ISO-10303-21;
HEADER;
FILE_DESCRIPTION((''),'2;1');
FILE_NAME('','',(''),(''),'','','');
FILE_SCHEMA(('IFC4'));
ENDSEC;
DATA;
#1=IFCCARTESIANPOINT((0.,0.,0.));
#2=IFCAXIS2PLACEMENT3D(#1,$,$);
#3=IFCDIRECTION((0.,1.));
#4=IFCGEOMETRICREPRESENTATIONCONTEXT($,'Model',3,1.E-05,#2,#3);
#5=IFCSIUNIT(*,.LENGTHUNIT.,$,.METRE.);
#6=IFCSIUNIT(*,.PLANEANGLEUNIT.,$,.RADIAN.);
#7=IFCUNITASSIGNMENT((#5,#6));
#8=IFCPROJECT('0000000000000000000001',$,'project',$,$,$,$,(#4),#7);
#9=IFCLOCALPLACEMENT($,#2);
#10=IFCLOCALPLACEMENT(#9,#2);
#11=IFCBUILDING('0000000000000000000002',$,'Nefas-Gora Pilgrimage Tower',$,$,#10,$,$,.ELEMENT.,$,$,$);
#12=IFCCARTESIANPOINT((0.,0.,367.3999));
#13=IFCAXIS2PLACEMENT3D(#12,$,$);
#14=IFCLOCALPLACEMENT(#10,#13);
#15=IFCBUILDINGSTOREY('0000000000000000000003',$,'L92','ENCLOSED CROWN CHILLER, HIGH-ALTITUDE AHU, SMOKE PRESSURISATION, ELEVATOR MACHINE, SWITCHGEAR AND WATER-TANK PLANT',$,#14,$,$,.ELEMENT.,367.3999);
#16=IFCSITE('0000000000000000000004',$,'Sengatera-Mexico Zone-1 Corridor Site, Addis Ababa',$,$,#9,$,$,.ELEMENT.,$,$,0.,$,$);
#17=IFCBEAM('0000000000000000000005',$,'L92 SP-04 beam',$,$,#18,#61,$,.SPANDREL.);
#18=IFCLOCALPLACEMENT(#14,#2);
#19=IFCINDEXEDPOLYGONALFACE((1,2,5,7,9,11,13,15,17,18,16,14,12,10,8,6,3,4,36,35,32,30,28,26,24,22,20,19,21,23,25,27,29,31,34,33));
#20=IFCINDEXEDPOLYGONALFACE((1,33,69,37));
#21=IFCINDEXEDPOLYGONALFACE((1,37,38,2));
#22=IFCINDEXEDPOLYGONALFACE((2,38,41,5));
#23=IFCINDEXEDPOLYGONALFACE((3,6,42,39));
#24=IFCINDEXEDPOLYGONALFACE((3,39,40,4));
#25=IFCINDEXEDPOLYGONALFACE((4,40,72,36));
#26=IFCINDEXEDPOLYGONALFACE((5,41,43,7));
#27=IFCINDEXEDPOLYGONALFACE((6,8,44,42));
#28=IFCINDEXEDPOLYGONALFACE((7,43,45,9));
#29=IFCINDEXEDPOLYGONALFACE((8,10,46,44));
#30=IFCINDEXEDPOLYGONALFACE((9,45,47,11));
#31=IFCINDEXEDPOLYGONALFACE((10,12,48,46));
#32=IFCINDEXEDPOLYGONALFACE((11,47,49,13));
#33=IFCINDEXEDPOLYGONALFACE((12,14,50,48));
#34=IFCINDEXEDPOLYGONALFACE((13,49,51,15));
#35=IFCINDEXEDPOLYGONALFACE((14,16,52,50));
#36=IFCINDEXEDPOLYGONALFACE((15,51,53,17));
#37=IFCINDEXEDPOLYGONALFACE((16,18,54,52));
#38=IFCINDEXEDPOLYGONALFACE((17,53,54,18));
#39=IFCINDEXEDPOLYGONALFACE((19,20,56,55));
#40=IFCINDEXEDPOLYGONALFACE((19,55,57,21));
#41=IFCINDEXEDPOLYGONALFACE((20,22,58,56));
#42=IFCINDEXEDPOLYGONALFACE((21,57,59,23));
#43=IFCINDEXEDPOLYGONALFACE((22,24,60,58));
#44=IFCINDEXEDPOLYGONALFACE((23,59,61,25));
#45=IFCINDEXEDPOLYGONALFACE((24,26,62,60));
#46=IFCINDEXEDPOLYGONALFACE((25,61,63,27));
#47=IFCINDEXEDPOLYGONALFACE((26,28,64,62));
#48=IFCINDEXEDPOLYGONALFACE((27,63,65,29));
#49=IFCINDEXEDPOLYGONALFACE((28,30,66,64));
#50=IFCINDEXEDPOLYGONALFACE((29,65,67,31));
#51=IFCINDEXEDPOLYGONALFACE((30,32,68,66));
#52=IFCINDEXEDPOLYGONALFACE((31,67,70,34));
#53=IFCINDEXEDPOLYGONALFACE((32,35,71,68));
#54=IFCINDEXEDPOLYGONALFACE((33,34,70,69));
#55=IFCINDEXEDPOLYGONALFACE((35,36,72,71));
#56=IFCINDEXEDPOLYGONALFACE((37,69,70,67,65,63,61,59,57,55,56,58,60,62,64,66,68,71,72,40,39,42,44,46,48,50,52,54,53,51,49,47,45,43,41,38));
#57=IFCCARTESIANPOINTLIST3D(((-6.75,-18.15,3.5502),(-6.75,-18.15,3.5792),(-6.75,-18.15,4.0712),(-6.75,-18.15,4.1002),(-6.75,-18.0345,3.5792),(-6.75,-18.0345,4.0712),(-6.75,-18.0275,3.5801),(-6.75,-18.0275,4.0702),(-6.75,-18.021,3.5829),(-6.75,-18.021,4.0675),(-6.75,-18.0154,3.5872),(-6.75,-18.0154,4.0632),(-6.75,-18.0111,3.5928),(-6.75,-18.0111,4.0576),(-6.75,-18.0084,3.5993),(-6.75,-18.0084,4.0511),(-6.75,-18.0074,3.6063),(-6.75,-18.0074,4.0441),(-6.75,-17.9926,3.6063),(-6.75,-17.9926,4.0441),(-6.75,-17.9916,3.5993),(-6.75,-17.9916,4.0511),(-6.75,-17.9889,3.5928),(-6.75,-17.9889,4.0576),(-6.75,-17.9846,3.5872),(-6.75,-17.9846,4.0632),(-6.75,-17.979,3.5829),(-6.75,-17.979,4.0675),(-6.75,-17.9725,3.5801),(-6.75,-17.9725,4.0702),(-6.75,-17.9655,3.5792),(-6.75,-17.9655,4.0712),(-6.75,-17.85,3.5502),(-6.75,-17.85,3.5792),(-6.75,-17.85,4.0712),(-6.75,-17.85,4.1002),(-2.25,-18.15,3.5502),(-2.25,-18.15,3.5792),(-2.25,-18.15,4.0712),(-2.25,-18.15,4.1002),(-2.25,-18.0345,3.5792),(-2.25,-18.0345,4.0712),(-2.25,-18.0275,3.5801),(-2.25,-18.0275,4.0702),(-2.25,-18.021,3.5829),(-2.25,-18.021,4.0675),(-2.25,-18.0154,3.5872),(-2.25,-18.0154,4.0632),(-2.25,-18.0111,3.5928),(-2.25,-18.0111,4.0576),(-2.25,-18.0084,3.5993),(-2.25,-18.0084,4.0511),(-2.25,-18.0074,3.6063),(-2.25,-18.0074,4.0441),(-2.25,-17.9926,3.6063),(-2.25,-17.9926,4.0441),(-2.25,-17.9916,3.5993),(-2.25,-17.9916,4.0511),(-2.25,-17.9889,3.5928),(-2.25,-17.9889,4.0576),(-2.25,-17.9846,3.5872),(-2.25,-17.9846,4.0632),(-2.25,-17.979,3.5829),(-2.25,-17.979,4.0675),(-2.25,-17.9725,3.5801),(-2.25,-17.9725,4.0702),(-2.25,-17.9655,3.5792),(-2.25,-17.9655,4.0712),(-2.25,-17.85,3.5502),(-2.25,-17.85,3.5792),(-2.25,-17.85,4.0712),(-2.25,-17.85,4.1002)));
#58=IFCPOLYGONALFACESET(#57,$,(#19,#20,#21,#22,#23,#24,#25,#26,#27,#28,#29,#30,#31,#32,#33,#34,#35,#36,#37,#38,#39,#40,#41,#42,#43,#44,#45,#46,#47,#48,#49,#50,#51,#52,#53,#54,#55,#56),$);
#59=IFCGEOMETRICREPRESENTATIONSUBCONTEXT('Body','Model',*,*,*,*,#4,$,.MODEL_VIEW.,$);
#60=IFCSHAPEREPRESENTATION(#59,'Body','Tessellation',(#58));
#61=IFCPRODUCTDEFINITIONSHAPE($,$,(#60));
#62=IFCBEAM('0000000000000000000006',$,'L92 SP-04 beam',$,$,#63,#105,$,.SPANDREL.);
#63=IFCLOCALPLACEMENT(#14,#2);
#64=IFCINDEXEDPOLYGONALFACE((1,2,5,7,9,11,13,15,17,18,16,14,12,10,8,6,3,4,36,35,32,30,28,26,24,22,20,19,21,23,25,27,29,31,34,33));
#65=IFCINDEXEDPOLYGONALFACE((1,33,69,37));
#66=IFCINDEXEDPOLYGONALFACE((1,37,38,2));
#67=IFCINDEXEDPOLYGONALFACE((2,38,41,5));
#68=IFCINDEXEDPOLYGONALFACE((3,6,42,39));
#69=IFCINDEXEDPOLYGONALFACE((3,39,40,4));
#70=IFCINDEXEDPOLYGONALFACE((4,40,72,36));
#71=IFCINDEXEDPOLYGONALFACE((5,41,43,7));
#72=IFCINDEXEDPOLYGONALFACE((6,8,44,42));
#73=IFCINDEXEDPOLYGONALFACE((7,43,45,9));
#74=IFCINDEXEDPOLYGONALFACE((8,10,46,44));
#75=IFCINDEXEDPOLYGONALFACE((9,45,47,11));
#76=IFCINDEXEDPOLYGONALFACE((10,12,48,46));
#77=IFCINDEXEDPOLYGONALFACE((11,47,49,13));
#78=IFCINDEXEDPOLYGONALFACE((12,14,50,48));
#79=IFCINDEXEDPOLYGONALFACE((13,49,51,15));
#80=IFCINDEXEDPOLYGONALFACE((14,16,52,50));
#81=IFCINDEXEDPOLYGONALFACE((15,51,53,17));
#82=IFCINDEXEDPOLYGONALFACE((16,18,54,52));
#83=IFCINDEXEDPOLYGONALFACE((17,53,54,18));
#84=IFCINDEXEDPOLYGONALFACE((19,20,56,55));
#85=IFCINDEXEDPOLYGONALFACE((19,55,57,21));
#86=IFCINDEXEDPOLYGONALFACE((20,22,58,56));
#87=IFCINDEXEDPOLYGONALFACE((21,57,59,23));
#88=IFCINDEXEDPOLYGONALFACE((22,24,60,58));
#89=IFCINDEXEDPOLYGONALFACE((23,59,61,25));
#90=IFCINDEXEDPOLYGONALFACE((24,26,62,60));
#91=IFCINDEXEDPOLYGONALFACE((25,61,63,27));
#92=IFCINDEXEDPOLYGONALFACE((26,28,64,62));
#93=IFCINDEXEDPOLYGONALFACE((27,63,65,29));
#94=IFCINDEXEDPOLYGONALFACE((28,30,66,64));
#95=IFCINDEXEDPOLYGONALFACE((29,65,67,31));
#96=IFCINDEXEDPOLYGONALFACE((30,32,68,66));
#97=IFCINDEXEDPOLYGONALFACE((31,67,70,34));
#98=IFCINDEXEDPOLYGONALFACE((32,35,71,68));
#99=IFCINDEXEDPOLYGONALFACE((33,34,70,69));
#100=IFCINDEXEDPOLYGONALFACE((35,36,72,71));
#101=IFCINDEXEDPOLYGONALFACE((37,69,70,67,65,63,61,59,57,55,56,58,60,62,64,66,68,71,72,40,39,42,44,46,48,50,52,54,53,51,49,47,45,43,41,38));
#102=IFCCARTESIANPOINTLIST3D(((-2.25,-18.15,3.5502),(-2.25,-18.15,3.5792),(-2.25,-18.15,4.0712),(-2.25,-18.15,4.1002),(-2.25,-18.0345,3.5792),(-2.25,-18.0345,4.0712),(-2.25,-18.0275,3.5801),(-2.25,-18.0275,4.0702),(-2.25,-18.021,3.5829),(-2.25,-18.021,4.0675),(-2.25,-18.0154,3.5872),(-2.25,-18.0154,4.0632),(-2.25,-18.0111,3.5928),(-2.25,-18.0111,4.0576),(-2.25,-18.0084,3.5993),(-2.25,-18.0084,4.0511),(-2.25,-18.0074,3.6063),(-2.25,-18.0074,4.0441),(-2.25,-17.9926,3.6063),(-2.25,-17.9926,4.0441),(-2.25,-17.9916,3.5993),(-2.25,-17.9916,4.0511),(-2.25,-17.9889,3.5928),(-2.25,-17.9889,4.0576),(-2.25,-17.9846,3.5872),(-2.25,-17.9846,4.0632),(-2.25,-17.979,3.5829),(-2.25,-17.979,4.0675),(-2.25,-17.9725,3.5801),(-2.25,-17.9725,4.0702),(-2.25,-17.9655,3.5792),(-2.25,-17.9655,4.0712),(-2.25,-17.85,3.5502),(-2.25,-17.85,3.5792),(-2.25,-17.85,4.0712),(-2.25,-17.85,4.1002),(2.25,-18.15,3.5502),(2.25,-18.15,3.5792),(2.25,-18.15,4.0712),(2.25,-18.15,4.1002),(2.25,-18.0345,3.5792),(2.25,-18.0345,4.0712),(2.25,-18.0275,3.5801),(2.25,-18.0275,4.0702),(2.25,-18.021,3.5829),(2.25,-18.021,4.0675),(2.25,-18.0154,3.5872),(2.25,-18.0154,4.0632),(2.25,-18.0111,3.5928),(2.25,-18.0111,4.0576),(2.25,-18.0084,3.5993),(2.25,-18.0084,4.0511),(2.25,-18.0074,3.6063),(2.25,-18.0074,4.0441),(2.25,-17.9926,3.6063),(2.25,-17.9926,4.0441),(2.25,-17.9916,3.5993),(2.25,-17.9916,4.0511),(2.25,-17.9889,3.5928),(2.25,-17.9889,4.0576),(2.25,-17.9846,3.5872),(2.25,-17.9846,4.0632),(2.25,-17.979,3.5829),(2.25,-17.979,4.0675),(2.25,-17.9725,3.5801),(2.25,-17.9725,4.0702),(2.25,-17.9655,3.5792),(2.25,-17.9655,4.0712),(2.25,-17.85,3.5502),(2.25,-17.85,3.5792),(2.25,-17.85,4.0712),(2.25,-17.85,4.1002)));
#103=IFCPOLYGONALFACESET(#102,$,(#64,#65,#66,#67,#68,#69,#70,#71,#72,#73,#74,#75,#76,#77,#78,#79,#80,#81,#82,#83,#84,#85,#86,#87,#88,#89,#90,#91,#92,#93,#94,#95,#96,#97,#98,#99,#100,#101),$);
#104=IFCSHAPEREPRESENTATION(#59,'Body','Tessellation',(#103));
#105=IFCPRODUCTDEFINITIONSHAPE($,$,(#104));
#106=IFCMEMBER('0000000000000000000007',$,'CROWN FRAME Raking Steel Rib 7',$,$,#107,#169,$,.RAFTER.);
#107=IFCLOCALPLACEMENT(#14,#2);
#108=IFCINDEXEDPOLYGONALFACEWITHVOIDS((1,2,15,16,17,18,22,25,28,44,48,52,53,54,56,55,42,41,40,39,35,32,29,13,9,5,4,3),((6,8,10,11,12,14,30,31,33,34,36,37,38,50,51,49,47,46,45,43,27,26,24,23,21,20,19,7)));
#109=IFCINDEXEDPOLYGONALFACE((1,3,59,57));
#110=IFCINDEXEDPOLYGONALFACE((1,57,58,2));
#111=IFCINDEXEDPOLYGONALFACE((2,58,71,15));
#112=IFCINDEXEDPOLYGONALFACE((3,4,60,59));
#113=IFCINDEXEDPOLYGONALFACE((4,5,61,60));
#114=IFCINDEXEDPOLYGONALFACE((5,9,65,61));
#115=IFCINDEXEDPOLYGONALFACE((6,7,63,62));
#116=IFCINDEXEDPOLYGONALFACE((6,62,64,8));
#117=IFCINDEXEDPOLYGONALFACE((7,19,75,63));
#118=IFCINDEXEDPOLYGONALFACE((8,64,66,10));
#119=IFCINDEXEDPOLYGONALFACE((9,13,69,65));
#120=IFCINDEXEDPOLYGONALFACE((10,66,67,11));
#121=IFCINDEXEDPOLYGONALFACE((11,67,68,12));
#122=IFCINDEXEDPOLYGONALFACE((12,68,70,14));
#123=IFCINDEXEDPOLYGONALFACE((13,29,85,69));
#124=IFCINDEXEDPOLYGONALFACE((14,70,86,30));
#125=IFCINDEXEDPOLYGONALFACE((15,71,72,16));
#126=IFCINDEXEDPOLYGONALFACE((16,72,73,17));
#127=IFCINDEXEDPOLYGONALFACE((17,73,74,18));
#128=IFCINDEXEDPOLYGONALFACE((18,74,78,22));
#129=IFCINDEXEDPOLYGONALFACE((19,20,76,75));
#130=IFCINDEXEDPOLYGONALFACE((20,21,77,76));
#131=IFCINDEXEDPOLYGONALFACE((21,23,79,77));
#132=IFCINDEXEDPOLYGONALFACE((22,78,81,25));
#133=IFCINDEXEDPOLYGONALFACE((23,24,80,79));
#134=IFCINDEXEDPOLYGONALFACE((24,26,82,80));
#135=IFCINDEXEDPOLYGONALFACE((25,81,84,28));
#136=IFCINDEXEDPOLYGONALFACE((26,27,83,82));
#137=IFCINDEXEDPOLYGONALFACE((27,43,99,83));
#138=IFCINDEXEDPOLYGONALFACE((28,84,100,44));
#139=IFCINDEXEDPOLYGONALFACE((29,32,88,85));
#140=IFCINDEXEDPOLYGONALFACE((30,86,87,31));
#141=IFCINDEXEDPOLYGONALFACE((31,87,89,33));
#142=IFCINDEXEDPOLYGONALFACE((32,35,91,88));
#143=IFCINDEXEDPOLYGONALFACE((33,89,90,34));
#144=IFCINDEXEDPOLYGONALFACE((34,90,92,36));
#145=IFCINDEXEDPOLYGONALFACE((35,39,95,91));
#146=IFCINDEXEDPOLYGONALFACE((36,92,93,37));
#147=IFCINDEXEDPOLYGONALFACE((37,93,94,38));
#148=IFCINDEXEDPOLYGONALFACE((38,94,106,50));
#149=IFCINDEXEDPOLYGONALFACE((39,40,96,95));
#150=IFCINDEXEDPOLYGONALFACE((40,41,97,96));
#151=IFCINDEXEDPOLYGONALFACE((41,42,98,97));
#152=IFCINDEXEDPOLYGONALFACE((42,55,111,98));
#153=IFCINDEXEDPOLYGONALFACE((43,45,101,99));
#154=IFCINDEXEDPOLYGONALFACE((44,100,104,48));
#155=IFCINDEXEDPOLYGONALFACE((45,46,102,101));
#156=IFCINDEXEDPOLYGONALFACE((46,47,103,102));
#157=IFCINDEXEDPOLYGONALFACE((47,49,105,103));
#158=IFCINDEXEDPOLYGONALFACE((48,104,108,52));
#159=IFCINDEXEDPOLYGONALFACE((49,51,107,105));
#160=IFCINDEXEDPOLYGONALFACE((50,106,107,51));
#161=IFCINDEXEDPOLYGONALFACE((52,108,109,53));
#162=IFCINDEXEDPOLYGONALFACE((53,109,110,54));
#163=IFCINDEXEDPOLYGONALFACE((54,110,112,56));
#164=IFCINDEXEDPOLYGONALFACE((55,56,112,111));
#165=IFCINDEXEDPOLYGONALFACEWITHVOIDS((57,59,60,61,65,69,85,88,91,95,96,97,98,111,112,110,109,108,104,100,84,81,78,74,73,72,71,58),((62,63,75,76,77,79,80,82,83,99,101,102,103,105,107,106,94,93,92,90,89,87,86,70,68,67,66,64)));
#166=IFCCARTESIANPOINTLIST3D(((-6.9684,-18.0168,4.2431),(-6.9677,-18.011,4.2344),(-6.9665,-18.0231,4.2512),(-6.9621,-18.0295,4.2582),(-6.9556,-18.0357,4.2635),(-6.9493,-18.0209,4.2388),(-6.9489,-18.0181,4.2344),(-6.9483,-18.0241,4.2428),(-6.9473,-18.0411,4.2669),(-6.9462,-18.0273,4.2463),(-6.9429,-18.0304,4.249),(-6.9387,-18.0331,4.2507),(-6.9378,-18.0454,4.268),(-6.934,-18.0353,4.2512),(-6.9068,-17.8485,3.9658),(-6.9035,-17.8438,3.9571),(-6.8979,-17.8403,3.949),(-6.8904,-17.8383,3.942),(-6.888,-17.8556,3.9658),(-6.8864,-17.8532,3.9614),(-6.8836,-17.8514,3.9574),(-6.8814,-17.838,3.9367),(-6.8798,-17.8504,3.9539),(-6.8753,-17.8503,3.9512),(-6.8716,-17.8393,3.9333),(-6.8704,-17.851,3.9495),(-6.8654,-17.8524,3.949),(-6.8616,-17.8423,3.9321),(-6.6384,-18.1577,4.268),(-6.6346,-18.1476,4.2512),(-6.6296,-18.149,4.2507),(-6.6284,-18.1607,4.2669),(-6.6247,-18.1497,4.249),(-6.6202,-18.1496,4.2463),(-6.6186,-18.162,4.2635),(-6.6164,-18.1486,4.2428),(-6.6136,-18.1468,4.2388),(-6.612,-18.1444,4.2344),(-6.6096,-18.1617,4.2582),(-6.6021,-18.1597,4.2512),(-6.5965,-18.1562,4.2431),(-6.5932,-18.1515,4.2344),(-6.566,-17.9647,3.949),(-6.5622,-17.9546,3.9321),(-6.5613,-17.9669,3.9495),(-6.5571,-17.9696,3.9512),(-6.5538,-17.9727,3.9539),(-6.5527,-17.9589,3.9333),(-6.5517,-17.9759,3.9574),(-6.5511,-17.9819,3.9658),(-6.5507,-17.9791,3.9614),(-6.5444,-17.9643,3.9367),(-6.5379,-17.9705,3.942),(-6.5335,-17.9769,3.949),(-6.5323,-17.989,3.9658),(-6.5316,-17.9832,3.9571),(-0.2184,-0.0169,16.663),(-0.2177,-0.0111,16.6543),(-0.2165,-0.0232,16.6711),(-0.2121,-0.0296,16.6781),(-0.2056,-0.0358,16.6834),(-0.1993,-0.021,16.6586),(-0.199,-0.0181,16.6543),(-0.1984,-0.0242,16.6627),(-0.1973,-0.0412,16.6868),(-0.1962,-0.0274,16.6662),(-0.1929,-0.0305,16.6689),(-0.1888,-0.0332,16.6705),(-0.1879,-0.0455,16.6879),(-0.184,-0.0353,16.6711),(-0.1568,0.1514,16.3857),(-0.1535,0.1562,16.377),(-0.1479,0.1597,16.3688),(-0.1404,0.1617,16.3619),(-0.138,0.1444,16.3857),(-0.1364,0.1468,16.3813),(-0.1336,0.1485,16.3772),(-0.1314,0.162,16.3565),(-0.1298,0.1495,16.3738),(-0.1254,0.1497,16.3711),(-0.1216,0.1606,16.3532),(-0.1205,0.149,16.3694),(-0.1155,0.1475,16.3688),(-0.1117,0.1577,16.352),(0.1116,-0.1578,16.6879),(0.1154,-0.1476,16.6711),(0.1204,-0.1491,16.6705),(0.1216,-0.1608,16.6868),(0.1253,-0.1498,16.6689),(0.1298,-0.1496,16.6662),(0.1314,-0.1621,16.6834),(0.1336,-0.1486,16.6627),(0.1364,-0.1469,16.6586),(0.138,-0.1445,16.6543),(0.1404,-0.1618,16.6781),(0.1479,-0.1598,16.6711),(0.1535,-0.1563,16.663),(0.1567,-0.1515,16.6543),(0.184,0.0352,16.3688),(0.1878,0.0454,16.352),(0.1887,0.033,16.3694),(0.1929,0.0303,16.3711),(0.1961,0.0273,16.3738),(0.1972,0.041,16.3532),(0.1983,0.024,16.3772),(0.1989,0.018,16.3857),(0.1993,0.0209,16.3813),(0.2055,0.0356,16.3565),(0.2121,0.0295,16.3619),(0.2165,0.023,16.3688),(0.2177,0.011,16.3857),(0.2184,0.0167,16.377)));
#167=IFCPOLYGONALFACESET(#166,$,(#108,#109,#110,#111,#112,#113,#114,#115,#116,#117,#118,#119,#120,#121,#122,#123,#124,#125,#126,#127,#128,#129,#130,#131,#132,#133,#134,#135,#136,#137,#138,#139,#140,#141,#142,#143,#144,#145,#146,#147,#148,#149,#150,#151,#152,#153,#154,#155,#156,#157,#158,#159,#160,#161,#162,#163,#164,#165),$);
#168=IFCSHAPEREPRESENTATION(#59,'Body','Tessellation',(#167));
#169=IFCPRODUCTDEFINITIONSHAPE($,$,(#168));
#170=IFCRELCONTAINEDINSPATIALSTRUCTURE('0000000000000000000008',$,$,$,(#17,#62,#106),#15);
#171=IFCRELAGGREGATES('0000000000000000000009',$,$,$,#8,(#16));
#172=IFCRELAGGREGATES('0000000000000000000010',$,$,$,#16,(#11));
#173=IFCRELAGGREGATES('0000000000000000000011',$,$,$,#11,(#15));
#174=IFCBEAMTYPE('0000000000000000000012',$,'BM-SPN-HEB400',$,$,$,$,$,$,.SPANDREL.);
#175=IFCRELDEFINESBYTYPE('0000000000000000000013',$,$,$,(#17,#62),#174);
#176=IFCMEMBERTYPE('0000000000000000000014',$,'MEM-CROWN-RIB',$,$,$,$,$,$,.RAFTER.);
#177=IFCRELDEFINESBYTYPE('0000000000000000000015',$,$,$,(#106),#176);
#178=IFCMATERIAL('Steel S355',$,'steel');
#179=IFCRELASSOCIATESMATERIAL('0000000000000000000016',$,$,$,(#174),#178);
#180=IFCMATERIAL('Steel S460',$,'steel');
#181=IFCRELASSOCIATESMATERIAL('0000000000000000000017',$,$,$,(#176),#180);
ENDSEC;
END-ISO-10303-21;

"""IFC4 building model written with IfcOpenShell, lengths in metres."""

from ifc_helpers import new_model, si_unit, direction, frame, origin, origin_2d, place, context, subcontext, project, spatial, hollow_rectangle, i_section, extrude, source, transform, mapped, material, material_profile, profile_set, type_object, element, save


model = new_model("IFC4")

# Units and contexts
model_context = context("Model", 3, precision=1e-05, world=origin(), true_north=direction((0.0, 1.0)))
body_context = subcontext(model_context, "Body", "Model", "MODEL_VIEW")
ifc_project = project(units=[si_unit("LENGTHUNIT", "METRE"), si_unit("PLANEANGLEUNIT", "RADIAN")], contexts=[model_context])

# Site, building, storey
site_placement = place(None, origin())
site = spatial("IfcSite", under=ifc_project, at=site_placement, Name="Sengatera-Mexico Zone-1 Corridor Site, Addis Ababa", CompositionType="ELEMENT", RefElevation=0.0)
building_placement = place(site_placement, origin())
building = spatial("IfcBuilding", under=site, at=building_placement, Name="Nefas-Gora Pilgrimage Tower", CompositionType="ELEMENT")
storey_placement = place(building_placement, frame((0.0, 0.0, 367.3999)))
storey = spatial("IfcBuildingStorey", under=building, at=storey_placement, Name="L92", Description="ENCLOSED CROWN CHILLER, HIGH-ALTITUDE AHU, SMOKE PRESSURISATION, ELEVATOR MACHINE, SWITCHGEAR AND WATER-TANK PLANT", CompositionType="ELEMENT", Elevation=367.3999)

# Shared definitions
ifc_material_1 = material(Name="Steel S355", Category="steel")

# Beams
ifc_material_profile_1 = material_profile(ifc_material_1, i_section(OverallWidth=0.3, OverallDepth=0.55, WebThickness=0.0149, FlangeThickness=0.0291, FilletRadius=0.0271, at=origin_2d()), Name="HEB 550")
ifc_profile_set_1 = profile_set([ifc_material_profile_1], Name="Steel S355")
beam_type = type_object("IfcBeamType", Name="BM-SPN-HEB400", PredefinedType="SPANDREL", material=ifc_profile_set_1)
shared_shape_1 = source(origin(), body_context, "Body", "SweptSolid", [
    extrude(i_section(OverallWidth=0.3, OverallDepth=0.55, WebThickness=0.0149, FlangeThickness=0.0291, FilletRadius=0.0271, at=origin_2d()), origin(), (0.0, 0.0, 1.0), 4.5),
])
for number, where, z_axis, x_axis, name in (
    (1, (-6.75, -18.0, 3.8252), (1.0, 0.0, 0.0), (0.0, 1.0, 0.0), "L92 SP-04 beam"),
    (2, (-2.25, -18.0, 3.8252), (1.0, 0.0, 0.0), (0.0, 1.0, 0.0), "L92 SP-04 beam"),
):
    element("IfcBeam", number, at=place(storey_placement, frame(where, z_axis=z_axis, x_axis=x_axis)), inside=storey, type_object=beam_type, Name=name, PredefinedType="SPANDREL", context=body_context, shape_type="MappedRepresentation", body=[
        mapped(shared_shape_1, transform((0.0, 0.0, 0.0), x_axis=(1.0, 0.0, 0.0), y_axis=(0.0, 1.0, 0.0), z_axis=(0.0, 0.0, 1.0), scale=1.0)),
    ])

# Member
ifc_material_2 = material(Name="Steel S460", Category="steel")
ifc_material_profile_2 = material_profile(ifc_material_2, hollow_rectangle(XDim=0.3999, YDim=0.3999, WallThickness=0.02, InnerFilletRadius=0.02, OuterFilletRadius=0.04, at=origin_2d()), Name="SHS 400x400x20")
ifc_profile_set_2 = profile_set([ifc_material_profile_2], Name="Steel S460")
member_type_1 = type_object("IfcMemberType", Name="MEM-CROWN-RIB", PredefinedType="RAFTER", material=ifc_profile_set_2)
shared_shape_2 = source(origin(), body_context, "Body", "SweptSolid", [
    extrude(hollow_rectangle(XDim=0.3999, YDim=0.3999, WallThickness=0.02, InnerFilletRadius=0.02, OuterFilletRadius=0.04, at=origin_2d()), origin(), (0.0, 0.0, 1.0), 22.887),
])
member_1_placement = place(storey_placement, frame((-6.75, -18.0, 4.1001), z_axis=(0.294927, 0.786471, 0.542662), x_axis=(-0.936329, 0.351123, 0.0)))
element("IfcMember", 3, at=member_1_placement, inside=storey, type_object=member_type_1, Name="CROWN FRAME Raking Steel Rib 7", PredefinedType="RAFTER", context=body_context, shape_type="MappedRepresentation", body=[
    mapped(shared_shape_2, transform((0.0, 0.0, 0.0), x_axis=(1.0, 0.0, 0.0), y_axis=(0.0, 1.0, 0.0), z_axis=(0.0, 0.0, 1.0), scale=1.0)),
])

save(model, "model.ifc")
